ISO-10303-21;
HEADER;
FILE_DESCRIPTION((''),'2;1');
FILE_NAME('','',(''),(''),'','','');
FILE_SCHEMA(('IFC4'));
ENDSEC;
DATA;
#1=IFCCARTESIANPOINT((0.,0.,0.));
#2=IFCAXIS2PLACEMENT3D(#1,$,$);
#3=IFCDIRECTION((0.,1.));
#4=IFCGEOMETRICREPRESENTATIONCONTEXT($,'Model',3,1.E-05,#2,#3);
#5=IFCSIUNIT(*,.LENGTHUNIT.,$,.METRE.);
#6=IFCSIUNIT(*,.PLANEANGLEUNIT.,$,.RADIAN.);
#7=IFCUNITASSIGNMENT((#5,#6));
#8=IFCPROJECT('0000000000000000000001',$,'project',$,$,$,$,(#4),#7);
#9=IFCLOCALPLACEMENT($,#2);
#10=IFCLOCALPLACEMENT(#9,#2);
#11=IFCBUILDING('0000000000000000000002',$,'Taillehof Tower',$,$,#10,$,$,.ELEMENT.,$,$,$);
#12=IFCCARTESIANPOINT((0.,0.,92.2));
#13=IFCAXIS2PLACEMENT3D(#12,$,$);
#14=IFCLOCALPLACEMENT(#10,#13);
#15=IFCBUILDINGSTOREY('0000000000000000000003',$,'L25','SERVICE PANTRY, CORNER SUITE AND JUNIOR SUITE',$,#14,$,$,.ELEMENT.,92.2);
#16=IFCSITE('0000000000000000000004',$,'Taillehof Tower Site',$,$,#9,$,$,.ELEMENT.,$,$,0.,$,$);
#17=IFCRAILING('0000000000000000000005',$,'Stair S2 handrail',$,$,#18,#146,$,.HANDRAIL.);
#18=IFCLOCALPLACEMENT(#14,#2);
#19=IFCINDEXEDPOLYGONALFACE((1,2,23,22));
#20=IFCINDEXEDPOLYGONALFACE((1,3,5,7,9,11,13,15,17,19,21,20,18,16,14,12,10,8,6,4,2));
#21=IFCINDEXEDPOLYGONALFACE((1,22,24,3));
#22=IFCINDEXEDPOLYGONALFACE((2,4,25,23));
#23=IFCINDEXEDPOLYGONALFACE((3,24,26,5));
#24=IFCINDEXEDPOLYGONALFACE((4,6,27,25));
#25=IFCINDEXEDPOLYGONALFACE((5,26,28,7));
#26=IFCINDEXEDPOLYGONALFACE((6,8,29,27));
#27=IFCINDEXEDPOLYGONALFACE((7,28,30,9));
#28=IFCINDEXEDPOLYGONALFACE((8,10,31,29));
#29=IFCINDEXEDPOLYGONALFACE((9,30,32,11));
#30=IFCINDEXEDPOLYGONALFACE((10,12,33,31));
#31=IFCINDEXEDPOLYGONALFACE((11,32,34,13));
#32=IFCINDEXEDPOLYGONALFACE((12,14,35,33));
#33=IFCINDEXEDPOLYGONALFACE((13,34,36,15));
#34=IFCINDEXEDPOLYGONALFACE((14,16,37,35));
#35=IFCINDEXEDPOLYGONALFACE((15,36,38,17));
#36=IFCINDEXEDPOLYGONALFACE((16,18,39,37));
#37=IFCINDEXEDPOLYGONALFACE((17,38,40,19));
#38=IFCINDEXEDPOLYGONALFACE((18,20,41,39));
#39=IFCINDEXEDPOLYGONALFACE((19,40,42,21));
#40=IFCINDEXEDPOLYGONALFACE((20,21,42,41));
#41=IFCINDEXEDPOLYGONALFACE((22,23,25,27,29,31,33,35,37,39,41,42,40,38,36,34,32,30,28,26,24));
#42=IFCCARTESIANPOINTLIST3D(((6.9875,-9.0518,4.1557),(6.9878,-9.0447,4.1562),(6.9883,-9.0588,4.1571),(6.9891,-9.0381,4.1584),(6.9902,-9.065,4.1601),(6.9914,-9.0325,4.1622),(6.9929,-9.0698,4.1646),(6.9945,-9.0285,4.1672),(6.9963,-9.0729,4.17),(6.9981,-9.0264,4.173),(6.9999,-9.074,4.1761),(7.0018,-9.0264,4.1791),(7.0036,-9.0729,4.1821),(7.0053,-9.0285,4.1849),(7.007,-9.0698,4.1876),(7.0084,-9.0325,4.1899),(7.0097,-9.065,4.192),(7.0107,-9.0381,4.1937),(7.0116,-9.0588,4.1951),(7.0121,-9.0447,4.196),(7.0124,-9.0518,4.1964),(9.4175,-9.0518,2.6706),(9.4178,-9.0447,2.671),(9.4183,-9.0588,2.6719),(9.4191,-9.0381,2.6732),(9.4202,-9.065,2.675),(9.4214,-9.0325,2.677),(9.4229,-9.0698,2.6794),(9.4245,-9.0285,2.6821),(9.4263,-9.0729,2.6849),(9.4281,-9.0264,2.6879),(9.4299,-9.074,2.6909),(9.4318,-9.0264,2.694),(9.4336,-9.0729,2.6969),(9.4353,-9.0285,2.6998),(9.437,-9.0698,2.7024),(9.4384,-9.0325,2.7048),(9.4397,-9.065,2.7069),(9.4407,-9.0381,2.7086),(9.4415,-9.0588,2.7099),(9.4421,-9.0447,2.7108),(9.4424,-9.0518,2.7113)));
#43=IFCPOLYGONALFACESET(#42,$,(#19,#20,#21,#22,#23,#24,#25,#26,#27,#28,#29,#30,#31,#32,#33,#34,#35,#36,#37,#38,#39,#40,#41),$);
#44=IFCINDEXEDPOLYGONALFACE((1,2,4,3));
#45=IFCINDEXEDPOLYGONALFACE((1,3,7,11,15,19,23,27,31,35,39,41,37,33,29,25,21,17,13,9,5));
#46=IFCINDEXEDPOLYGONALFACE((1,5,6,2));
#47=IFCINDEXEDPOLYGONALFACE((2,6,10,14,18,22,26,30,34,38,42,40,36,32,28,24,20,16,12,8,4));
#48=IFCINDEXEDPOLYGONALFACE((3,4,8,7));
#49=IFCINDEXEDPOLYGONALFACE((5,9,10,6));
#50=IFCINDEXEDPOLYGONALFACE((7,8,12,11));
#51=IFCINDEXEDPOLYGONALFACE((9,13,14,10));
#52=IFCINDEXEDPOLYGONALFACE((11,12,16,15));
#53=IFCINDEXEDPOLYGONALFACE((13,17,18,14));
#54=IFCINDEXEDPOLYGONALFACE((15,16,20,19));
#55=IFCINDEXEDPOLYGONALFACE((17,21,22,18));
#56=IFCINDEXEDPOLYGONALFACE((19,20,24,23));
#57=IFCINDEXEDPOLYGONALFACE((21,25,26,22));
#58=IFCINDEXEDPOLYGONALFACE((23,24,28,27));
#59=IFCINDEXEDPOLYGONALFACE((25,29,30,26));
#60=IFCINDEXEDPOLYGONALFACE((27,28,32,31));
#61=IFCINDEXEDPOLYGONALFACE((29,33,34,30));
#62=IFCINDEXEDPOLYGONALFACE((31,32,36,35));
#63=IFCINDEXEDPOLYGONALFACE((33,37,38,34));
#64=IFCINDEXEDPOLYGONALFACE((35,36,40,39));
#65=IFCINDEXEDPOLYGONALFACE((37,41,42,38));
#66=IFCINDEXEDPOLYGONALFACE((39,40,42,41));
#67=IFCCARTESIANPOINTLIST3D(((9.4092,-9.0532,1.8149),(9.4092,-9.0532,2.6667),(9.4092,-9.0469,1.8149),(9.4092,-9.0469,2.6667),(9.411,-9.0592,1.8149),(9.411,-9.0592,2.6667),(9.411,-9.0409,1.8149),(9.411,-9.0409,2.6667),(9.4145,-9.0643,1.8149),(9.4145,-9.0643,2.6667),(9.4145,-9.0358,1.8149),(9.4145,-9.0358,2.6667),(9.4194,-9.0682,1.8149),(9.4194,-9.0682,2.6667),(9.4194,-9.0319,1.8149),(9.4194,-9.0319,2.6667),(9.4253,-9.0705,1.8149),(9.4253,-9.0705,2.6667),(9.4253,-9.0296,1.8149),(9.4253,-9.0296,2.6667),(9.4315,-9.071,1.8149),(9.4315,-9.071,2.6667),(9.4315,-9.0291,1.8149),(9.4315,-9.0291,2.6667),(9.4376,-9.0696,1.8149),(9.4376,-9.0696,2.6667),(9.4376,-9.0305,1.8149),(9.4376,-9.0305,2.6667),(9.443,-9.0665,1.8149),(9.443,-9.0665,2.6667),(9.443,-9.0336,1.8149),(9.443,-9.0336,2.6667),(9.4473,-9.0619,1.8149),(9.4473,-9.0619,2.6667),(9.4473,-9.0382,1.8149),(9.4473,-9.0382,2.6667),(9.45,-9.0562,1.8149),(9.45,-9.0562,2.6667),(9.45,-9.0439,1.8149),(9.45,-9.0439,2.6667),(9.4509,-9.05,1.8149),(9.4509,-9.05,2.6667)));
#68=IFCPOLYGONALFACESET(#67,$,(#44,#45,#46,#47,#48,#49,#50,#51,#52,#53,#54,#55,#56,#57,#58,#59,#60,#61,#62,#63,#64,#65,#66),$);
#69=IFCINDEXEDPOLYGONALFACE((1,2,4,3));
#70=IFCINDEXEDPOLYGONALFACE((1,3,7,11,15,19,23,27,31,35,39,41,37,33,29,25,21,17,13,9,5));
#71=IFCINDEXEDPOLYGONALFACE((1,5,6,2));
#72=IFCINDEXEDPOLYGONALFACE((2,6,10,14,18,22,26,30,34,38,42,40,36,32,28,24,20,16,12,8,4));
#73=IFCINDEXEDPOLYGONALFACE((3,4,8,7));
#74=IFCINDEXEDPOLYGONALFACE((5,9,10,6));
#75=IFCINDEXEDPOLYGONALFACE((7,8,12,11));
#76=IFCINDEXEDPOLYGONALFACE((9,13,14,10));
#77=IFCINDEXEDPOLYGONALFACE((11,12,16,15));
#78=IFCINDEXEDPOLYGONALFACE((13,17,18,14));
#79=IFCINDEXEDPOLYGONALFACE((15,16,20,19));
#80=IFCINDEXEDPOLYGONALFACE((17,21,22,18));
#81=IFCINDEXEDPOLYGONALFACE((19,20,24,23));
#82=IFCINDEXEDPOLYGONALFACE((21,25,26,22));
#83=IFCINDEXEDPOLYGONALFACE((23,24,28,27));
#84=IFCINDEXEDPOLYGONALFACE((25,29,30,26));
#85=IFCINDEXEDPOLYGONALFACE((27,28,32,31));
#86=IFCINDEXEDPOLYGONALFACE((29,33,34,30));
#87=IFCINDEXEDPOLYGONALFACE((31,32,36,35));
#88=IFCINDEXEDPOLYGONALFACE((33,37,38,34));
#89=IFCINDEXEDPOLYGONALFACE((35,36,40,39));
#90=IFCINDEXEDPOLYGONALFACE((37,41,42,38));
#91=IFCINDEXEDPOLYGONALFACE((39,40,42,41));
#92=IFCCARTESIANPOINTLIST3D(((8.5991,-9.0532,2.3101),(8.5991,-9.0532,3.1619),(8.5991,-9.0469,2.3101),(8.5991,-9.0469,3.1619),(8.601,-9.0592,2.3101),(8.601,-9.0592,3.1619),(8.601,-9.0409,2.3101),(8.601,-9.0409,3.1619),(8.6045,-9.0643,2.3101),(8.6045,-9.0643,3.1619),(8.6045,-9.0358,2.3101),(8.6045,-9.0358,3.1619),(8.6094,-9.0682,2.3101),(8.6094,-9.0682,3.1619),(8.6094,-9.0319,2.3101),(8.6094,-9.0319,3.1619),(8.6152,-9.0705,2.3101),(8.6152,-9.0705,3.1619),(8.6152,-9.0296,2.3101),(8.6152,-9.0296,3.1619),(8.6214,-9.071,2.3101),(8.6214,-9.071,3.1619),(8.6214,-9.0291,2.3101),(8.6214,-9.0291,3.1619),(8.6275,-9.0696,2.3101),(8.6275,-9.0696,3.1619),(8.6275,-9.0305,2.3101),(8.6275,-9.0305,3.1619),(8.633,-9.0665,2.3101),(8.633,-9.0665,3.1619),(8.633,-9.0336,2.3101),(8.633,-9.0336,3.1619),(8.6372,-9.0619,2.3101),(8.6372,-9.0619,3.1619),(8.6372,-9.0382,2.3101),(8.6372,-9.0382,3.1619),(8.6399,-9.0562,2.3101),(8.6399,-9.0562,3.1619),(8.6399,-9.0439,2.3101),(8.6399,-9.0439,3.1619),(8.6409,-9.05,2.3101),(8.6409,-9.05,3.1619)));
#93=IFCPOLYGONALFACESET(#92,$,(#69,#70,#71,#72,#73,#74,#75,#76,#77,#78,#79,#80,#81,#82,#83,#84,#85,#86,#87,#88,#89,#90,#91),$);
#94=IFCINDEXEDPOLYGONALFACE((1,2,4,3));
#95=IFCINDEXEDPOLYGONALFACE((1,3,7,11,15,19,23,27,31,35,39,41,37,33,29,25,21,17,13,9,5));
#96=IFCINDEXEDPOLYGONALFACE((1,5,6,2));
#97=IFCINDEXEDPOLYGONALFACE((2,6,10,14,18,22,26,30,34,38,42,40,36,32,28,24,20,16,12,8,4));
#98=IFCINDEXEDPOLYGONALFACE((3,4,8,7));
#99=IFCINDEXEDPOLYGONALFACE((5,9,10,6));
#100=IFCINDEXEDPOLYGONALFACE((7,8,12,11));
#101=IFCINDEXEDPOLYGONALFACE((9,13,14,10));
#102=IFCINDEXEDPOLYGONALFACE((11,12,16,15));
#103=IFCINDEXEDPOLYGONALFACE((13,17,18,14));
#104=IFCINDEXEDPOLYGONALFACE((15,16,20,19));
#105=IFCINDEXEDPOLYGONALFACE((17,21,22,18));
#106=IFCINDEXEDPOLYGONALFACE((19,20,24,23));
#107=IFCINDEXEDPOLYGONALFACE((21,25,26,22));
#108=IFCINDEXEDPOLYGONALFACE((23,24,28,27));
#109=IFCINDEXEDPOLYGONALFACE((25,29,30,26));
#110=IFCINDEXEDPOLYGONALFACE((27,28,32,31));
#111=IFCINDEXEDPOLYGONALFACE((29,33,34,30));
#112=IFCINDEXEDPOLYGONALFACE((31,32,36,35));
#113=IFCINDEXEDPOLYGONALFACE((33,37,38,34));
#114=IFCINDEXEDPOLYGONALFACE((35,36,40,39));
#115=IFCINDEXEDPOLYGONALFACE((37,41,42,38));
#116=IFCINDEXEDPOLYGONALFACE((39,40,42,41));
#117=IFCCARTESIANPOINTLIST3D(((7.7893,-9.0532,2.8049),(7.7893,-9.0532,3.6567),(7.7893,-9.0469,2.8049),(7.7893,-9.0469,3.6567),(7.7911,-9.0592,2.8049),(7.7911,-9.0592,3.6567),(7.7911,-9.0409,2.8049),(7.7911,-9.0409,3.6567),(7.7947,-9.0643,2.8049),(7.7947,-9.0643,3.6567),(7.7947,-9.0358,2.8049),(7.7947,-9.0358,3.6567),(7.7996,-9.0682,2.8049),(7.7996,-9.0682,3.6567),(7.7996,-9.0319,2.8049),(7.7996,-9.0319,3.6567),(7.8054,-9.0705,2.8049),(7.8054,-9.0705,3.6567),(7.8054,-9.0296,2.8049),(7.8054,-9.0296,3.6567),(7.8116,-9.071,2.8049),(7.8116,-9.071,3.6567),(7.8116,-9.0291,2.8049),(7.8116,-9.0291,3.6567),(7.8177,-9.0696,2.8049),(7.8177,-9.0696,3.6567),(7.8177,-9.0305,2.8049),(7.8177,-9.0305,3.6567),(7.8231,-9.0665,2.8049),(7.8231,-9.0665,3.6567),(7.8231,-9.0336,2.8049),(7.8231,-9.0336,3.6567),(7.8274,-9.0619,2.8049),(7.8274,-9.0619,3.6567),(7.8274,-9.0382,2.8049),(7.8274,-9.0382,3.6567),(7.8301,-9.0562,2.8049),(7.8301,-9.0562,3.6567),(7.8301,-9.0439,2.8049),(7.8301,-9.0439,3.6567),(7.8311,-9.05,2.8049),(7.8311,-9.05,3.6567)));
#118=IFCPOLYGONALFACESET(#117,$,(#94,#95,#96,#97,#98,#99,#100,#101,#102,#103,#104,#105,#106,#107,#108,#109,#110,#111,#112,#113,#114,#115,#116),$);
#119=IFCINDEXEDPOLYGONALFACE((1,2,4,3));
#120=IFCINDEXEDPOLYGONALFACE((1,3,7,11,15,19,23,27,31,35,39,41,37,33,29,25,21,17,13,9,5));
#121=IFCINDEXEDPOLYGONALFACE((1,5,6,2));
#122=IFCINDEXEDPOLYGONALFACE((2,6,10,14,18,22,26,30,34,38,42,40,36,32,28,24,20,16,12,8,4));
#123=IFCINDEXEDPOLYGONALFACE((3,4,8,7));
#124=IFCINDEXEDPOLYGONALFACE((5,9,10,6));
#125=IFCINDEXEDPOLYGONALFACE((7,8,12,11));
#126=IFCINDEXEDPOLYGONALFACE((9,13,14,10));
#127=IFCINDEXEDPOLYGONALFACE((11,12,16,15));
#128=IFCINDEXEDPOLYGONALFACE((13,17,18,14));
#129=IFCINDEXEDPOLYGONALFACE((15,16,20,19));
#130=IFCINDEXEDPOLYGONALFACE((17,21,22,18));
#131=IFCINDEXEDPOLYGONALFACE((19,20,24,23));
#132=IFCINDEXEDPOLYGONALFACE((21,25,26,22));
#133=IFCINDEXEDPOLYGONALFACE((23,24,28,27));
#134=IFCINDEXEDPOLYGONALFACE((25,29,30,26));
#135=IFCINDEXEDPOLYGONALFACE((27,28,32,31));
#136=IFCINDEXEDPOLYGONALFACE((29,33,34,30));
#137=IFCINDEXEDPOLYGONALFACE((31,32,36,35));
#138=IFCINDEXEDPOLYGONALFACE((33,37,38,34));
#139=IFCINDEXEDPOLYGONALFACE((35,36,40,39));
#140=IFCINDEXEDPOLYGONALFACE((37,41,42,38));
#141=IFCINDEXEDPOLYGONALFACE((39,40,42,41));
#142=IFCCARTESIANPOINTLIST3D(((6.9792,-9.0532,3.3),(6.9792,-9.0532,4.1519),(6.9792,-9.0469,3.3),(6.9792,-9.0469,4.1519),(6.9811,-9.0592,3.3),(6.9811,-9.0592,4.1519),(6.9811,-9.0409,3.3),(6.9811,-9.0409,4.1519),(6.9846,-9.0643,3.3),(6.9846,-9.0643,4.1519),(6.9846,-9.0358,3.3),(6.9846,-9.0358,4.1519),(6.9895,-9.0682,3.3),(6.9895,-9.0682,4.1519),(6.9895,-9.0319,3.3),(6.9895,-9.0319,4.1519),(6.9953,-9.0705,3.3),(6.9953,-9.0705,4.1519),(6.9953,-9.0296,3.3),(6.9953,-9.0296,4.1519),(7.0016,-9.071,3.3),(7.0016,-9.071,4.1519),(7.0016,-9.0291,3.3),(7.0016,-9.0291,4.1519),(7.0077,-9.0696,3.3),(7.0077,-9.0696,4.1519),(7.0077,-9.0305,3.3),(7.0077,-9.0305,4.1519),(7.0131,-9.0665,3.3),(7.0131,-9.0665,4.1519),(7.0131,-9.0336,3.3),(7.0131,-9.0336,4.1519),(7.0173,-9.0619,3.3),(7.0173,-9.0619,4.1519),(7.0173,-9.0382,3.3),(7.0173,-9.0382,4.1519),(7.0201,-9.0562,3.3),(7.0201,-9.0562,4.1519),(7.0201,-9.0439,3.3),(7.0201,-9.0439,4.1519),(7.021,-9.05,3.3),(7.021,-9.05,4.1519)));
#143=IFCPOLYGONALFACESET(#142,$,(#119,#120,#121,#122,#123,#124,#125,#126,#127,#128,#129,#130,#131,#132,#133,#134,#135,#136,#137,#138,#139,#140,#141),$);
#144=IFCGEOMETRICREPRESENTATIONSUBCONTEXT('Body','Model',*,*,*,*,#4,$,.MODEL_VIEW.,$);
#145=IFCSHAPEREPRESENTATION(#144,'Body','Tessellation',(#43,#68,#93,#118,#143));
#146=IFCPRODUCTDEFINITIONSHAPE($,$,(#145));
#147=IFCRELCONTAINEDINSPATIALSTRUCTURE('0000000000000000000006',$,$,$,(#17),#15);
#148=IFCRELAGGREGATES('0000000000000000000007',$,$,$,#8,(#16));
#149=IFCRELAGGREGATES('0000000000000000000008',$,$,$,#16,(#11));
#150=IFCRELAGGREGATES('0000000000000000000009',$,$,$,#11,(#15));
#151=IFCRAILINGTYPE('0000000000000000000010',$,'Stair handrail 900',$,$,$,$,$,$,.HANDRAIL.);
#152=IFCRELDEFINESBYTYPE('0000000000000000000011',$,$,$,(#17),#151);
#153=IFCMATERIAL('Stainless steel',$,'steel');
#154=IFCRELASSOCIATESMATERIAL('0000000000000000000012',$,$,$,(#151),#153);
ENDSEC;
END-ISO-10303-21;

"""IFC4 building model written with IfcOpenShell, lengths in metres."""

from ifc_helpers import new_model, si_unit, direction, frame, origin, origin_2d, place, context, subcontext, project, spatial, circle, extrude, material, type_object, element, save


model = new_model("IFC4")

# Units and contexts
model_context = context("Model", 3, precision=1e-05, world=origin(), true_north=direction((0.0, 1.0)))
body_context = subcontext(model_context, "Body", "Model", "MODEL_VIEW")
ifc_project = project(units=[si_unit("LENGTHUNIT", "METRE"), si_unit("PLANEANGLEUNIT", "RADIAN")], contexts=[model_context])

# Site, building, storey
site_placement = place(None, origin())
site = spatial("IfcSite", under=ifc_project, at=site_placement, Name="Taillehof Tower Site", CompositionType="ELEMENT", RefElevation=0.0)
building_placement = place(site_placement, origin())
building = spatial("IfcBuilding", under=site, at=building_placement, Name="Taillehof Tower", CompositionType="ELEMENT")
storey_placement = place(building_placement, frame((0.0, 0.0, 92.2)))
storey = spatial("IfcBuildingStorey", under=building, at=storey_placement, Name="L25", Description="SERVICE PANTRY, CORNER SUITE AND JUNIOR SUITE", CompositionType="ELEMENT", Elevation=92.2)

# Railing
ifc_material_1 = material(Name="Stainless steel", Category="steel")
railing_type = type_object("IfcRailingType", Name="Stair handrail 900", PredefinedType="HANDRAIL", material=ifc_material_1)
railing_1_placement = place(storey_placement, frame((9.4299, -9.05, 1.8149)))
element("IfcRailing", 1, at=railing_1_placement, inside=storey, type_object=railing_type, Name="Stair S2 handrail", PredefinedType="HANDRAIL", context=body_context, shape_type="SweptSolid", body=[
    extrude(circle(Radius=0.0239, at=origin_2d()), frame((0.0, 0.0, 0.876), z_axis=(-0.853259, 0.0, 0.521488), x_axis=(0.0, -1.0, 0.0)), (0.0, 0.0, 1.0), 2.8479),
    extrude(circle(Radius=0.021, at=origin_2d()), origin(), (0.0, 0.0, 1.0), 0.8518),
    extrude(circle(Radius=0.021, at=origin_2d()), frame((-0.8101, 0.0, 0.4951)), (0.0, 0.0, 1.0), 0.8518),
    extrude(circle(Radius=0.021, at=origin_2d()), frame((-1.6199, 0.0, 0.99)), (0.0, 0.0, 1.0), 0.8518),
    extrude(circle(Radius=0.021, at=origin_2d()), frame((-2.4299, 0.0, 1.4851)), (0.0, 0.0, 1.0), 0.8518),
])

save(model, "model.ifc")
